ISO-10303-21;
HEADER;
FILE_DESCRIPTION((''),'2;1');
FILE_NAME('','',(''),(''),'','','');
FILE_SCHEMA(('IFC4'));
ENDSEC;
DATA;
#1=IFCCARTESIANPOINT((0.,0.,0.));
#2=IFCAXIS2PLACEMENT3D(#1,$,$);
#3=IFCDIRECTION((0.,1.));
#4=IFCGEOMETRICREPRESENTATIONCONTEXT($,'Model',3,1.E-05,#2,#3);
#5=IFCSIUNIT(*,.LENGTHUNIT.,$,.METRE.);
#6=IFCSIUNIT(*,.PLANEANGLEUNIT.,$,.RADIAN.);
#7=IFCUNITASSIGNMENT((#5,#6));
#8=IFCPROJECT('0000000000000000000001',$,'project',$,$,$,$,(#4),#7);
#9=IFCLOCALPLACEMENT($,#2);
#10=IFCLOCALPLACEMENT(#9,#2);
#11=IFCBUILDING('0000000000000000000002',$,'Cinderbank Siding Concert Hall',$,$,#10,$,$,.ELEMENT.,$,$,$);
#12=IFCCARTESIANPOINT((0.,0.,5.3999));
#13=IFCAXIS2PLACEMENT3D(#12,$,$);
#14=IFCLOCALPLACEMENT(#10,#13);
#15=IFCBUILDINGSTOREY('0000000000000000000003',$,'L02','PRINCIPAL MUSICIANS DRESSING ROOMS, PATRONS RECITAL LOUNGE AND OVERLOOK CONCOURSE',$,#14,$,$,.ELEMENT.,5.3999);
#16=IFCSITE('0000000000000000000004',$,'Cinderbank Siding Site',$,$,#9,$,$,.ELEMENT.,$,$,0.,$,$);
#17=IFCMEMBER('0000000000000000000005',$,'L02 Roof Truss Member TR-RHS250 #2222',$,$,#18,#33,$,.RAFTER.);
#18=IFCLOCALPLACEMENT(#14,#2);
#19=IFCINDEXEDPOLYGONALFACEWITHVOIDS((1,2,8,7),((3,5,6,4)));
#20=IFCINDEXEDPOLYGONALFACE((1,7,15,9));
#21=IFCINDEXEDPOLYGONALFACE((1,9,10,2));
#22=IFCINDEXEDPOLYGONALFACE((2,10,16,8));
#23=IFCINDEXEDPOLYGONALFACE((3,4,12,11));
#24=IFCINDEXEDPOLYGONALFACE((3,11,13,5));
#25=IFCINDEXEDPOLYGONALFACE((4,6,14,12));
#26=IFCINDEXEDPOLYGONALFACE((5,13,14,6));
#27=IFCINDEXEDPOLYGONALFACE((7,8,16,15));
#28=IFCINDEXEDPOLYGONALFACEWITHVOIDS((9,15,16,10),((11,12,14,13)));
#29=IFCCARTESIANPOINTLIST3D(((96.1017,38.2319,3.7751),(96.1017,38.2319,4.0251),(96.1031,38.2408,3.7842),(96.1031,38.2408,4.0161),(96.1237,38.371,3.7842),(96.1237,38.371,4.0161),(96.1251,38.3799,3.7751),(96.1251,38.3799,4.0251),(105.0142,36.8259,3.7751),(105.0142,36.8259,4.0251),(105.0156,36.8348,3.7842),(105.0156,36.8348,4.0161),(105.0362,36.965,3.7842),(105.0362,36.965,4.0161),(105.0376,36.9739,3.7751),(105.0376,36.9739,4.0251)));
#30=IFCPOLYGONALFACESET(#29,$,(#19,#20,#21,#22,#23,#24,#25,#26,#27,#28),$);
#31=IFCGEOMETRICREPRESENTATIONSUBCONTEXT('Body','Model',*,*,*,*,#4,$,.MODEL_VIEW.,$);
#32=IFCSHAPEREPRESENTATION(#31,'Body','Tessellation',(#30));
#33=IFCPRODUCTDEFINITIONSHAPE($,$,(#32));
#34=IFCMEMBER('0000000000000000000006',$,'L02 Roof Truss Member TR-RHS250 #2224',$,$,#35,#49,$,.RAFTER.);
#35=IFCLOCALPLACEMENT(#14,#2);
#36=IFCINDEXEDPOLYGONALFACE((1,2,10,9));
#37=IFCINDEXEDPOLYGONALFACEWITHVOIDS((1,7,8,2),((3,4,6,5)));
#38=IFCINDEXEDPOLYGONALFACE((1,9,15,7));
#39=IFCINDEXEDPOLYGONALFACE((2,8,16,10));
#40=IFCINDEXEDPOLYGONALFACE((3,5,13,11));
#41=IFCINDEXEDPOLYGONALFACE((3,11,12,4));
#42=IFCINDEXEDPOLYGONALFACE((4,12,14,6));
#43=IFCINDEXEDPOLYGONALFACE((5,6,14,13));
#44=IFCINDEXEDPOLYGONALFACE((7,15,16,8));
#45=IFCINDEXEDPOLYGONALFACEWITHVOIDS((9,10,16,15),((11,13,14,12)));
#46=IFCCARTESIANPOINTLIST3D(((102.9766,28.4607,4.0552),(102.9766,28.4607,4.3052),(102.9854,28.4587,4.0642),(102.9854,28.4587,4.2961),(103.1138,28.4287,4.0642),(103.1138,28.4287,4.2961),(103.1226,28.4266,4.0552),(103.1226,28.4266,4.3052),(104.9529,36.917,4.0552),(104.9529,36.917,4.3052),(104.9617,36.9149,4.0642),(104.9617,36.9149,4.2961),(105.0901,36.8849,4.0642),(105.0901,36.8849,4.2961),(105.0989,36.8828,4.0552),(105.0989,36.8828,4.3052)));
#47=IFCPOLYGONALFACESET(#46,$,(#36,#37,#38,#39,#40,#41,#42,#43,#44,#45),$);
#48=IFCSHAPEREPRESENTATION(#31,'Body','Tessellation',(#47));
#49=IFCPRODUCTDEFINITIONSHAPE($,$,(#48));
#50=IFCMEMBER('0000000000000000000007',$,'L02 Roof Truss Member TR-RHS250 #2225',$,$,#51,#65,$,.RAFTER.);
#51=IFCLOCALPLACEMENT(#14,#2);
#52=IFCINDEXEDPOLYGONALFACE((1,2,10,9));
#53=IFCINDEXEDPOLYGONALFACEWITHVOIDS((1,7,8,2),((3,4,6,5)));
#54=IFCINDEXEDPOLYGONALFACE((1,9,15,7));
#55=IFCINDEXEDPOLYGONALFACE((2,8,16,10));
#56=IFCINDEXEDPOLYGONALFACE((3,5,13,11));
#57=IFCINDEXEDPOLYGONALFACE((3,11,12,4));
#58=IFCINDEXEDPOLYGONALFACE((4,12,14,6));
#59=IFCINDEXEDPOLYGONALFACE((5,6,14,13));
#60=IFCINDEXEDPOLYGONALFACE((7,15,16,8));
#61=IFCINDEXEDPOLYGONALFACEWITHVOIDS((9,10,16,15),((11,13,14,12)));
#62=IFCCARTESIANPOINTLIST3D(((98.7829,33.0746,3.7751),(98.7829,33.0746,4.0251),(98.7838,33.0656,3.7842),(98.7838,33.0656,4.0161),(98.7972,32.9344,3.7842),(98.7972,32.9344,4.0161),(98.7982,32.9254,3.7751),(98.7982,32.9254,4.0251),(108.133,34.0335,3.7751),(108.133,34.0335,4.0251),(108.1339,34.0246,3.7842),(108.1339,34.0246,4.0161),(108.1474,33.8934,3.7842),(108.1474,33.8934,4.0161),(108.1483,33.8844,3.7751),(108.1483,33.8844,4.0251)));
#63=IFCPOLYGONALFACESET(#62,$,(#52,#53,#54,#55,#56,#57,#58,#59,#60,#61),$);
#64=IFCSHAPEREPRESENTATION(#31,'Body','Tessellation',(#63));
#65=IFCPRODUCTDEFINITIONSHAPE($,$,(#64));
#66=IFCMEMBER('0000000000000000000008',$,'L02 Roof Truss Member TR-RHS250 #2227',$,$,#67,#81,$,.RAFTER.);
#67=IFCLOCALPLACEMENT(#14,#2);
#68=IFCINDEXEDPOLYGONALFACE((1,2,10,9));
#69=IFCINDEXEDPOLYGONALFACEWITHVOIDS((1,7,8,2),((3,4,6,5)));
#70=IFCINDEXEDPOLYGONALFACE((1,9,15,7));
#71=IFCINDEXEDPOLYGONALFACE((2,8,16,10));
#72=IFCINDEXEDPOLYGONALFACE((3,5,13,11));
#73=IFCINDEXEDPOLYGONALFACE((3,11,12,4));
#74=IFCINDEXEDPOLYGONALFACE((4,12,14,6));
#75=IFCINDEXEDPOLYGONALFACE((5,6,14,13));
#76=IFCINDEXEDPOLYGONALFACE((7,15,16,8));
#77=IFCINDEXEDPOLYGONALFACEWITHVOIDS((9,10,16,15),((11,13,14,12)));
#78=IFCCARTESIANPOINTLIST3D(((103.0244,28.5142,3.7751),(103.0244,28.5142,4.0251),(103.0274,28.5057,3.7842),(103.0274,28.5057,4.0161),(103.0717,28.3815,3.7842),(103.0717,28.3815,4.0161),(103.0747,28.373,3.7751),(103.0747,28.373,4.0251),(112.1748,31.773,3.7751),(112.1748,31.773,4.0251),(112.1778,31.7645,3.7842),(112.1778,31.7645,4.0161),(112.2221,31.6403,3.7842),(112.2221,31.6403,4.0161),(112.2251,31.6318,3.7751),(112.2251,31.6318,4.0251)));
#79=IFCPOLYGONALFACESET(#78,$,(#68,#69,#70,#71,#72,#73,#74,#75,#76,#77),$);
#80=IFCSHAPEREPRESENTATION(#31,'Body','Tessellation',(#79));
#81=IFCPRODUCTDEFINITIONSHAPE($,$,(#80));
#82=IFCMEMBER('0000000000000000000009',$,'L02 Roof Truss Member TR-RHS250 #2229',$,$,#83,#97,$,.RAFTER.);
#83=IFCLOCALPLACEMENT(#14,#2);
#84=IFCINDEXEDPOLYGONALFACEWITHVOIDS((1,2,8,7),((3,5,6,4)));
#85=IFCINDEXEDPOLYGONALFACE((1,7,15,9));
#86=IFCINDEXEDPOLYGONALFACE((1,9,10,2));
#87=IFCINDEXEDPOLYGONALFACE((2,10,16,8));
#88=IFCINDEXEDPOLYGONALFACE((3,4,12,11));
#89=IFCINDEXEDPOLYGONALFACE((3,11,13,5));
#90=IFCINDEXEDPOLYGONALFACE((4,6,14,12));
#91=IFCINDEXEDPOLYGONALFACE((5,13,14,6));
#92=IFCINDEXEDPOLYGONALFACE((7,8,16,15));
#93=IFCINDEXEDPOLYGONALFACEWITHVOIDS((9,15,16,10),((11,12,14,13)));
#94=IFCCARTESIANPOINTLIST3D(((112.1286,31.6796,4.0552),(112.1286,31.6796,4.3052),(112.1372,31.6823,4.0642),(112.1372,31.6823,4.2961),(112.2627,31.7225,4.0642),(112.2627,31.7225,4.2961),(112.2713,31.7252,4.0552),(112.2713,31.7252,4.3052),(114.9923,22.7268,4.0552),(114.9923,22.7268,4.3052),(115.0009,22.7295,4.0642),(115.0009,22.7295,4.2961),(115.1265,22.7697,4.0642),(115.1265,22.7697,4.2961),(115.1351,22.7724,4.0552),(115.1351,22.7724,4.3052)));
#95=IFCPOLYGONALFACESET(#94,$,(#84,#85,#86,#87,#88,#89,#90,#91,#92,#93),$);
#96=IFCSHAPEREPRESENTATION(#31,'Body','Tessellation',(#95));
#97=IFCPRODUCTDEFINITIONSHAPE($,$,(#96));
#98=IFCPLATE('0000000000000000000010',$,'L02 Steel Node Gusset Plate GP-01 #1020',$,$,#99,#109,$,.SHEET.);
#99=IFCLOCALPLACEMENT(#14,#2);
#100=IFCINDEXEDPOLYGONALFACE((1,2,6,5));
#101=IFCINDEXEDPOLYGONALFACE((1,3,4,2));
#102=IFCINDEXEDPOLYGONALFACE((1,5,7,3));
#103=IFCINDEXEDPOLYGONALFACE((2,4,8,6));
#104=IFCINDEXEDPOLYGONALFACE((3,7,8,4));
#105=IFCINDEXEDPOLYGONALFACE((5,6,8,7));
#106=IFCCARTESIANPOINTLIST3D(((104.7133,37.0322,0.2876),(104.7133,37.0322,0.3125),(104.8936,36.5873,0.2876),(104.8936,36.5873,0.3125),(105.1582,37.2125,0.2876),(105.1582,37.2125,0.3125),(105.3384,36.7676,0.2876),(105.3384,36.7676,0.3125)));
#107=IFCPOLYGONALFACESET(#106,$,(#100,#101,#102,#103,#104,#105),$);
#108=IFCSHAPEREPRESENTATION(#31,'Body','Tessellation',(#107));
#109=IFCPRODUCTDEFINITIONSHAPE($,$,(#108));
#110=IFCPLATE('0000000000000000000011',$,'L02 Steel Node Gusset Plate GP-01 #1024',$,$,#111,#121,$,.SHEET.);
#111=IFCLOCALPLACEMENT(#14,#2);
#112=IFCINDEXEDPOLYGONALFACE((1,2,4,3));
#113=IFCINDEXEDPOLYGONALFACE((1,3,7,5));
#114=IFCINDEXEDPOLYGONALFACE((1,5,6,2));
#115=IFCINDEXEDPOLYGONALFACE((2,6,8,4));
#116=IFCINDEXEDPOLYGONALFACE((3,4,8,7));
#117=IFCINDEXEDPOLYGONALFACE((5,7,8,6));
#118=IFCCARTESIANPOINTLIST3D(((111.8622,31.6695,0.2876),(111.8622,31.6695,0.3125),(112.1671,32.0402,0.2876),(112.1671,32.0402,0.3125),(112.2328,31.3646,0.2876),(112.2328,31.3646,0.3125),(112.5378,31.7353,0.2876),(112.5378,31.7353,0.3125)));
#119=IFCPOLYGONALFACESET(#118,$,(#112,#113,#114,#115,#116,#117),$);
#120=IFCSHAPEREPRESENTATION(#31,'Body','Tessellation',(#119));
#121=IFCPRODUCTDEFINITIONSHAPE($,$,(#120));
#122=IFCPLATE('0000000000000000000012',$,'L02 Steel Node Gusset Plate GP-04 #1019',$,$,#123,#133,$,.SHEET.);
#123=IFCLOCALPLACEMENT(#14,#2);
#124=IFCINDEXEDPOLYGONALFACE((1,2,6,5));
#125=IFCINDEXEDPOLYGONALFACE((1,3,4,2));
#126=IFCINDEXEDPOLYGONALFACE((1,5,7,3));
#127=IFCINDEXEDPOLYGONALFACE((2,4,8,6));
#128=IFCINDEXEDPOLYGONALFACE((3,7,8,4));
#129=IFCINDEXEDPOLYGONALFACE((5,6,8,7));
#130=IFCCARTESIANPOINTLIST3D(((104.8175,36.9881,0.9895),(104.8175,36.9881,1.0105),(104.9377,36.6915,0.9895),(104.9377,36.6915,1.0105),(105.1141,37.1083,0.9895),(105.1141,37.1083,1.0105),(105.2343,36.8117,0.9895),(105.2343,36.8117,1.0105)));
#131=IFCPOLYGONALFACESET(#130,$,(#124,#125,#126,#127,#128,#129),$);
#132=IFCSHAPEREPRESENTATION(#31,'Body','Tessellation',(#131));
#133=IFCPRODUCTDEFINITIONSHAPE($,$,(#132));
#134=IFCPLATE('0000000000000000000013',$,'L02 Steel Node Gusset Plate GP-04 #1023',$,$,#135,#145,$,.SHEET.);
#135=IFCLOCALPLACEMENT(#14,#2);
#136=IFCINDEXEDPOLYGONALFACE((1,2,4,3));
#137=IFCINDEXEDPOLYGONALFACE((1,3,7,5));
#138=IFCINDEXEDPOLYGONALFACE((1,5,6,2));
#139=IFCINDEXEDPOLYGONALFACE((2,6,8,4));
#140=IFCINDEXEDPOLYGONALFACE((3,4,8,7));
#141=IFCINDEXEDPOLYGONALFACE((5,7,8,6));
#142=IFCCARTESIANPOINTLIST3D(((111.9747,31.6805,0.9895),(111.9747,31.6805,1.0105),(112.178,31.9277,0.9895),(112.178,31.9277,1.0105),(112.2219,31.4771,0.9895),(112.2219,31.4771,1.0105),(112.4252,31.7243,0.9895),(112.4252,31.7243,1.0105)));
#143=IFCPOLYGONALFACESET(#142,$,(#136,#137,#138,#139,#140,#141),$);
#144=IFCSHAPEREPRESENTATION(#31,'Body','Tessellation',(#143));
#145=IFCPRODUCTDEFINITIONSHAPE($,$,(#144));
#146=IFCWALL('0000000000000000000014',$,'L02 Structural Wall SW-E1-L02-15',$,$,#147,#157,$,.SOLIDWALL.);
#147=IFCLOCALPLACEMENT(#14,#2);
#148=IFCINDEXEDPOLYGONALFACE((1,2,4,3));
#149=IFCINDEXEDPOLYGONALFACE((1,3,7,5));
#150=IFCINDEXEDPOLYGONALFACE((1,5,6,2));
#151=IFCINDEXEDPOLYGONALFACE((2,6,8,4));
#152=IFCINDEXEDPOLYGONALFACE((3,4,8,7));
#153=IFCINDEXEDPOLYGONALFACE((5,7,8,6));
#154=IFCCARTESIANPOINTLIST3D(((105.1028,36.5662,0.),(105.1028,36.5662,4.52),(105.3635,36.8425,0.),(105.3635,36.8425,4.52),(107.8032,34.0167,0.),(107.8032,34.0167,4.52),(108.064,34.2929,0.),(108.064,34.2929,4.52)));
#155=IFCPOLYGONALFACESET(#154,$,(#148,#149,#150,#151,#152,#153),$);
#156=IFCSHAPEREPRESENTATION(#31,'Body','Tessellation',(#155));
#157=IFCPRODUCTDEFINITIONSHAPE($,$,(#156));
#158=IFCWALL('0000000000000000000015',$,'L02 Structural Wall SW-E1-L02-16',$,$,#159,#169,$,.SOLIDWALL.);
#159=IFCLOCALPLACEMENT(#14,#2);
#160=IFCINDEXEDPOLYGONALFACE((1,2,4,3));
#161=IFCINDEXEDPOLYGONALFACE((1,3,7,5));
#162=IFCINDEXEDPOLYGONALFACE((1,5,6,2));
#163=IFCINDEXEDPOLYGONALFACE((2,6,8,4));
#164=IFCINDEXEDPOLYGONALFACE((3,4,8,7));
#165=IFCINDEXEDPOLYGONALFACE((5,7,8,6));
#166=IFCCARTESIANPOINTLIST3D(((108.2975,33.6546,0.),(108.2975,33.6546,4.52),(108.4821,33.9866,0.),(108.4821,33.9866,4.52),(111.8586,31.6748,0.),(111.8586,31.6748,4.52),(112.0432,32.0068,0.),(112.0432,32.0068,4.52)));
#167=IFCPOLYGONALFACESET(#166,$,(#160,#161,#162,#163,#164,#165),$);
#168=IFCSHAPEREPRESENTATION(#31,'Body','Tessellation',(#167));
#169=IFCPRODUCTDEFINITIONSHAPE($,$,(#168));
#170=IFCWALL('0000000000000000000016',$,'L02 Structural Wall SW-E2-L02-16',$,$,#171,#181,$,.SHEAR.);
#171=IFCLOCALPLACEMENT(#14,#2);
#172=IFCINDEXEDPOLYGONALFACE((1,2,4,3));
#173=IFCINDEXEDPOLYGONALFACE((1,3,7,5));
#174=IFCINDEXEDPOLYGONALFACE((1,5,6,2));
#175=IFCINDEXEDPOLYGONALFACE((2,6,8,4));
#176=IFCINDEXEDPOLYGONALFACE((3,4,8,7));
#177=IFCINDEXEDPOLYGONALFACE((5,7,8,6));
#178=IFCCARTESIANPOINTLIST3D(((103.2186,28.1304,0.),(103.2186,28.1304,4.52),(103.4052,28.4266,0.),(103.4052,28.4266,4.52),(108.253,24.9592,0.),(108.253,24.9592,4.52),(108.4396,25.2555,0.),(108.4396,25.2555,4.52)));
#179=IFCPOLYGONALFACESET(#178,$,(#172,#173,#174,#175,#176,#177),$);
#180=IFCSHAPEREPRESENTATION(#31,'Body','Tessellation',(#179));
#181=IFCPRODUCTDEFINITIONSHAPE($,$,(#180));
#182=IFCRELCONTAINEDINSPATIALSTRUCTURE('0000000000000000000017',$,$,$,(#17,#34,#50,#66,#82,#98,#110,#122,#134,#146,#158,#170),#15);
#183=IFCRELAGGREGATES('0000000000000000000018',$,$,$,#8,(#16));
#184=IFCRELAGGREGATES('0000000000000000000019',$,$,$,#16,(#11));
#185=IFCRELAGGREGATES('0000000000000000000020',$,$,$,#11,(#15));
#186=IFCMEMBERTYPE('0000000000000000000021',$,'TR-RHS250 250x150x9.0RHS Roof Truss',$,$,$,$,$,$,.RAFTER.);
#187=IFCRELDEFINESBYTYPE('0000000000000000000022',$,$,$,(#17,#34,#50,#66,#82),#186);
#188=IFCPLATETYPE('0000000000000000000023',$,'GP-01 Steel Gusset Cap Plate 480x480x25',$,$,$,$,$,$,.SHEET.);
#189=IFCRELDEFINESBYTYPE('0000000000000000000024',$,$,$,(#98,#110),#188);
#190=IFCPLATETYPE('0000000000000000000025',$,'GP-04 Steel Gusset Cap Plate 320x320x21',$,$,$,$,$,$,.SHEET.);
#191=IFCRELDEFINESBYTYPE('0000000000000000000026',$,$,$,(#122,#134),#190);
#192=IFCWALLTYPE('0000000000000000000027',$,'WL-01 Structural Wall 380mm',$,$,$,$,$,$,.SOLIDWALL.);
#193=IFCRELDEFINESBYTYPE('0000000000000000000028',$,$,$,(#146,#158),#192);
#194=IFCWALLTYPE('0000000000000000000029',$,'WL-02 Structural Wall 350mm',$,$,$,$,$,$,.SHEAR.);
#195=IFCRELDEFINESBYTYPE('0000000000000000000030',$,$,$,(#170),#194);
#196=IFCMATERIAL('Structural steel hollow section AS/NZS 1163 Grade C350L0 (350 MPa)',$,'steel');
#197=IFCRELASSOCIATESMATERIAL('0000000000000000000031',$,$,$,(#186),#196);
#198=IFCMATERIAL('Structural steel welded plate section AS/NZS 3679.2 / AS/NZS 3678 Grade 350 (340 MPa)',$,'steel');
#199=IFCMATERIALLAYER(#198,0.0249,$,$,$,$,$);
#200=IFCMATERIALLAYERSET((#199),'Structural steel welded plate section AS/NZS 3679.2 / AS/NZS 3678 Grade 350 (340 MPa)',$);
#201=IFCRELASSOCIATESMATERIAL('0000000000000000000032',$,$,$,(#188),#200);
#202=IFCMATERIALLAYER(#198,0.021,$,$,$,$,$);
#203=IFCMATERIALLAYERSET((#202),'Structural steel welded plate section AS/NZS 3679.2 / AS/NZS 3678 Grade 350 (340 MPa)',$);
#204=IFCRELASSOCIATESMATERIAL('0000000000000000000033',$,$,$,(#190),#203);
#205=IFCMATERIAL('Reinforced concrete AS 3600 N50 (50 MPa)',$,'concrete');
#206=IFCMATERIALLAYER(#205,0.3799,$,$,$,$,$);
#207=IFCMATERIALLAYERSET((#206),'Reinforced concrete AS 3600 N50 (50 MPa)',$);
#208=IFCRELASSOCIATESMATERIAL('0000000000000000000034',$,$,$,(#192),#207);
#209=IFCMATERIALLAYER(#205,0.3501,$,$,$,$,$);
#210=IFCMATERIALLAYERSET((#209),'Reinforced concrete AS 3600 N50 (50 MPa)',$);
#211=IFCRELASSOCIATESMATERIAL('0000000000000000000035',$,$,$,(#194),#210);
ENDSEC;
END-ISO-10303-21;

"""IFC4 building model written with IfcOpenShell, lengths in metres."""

from ifc_helpers import new_model, si_unit, direction, frame, frame_2d, origin, origin_2d, place, context, subcontext, project, spatial, rectangle, hollow_rectangle, extrude, material, layer, layer_set, material_profile, profile_set, type_object, element, save


model = new_model("IFC4")

# Units and contexts
model_context = context("Model", 3, precision=1e-05, world=origin(), true_north=direction((0.0, 1.0)))
body_context = subcontext(model_context, "Body", "Model", "MODEL_VIEW")
ifc_project = project(units=[si_unit("LENGTHUNIT", "METRE"), si_unit("PLANEANGLEUNIT", "RADIAN")], contexts=[model_context])

# Site, building, storey
site_placement = place(None, origin())
site = spatial("IfcSite", under=ifc_project, at=site_placement, Name="Cinderbank Siding Site", CompositionType="ELEMENT", RefElevation=0.0)
building_placement = place(site_placement, origin())
building = spatial("IfcBuilding", under=site, at=building_placement, Name="Cinderbank Siding Concert Hall", CompositionType="ELEMENT")
storey_placement = place(building_placement, frame((0.0, 0.0, 5.3999)))
storey = spatial("IfcBuildingStorey", under=building, at=storey_placement, Name="L02", Description="PRINCIPAL MUSICIANS DRESSING ROOMS, PATRONS RECITAL LOUNGE AND OVERLOOK CONCOURSE", CompositionType="ELEMENT", Elevation=5.3999)

# Shared definitions
ifc_material_1 = material(Name="Reinforced concrete AS 3600 N50 (50 MPa)", Category="concrete")

# Members
ifc_material_2 = material(Name="Structural steel hollow section AS/NZS 1163 Grade C350L0 (350 MPa)", Category="steel")
ifc_material_profile_1 = material_profile(ifc_material_2, hollow_rectangle(XDim=0.1499, YDim=0.25, WallThickness=0.009, at=origin_2d()), Name="250x150x9.0RHS", Category="LoadBearing")
ifc_profile_set_1 = profile_set([ifc_material_profile_1], Name="Structural steel hollow section AS/NZS 1163 Grade C350L0 (350 MPa)")
member_type_1 = type_object("IfcMemberType", Name="TR-RHS250 250x150x9.0RHS Roof Truss", PredefinedType="RAFTER", material=ifc_profile_set_1)
member_1_placement = place(storey_placement, frame((105.0259, 36.8999, 3.9001), z_axis=(-0.987784, 0.155828, 0.0), x_axis=(-0.155828, -0.987784, 0.0)))
element("IfcMember", 1, at=member_1_placement, inside=storey, type_object=member_type_1, Name="L02 Roof Truss Member TR-RHS250 #2222", PredefinedType="RAFTER", context=body_context, shape_type="SweptSolid", body=[
    extrude(hollow_rectangle(XDim=0.1499, YDim=0.25, WallThickness=0.009, at=origin_2d()), origin(), (0.0, 0.0, 1.0), 9.0227),
])
member_2_placement = place(storey_placement, frame((105.0259, 36.8999, 4.1802), z_axis=(-0.227577, -0.97376, 0.0), x_axis=(0.97376, -0.227577, 0.0)))
element("IfcMember", 2, at=member_2_placement, inside=storey, type_object=member_type_1, Name="L02 Roof Truss Member TR-RHS250 #2224", PredefinedType="RAFTER", context=body_context, shape_type="SweptSolid", body=[
    extrude(hollow_rectangle(XDim=0.1499, YDim=0.25, WallThickness=0.009, at=origin_2d()), origin(), (0.0, 0.0, 1.0), 8.6841),
])
member_3_placement = place(storey_placement, frame((108.1406, 33.959, 3.9001), z_axis=(-0.994781, -0.102029, 0.0), x_axis=(0.102029, -0.994781, 0.0)))
element("IfcMember", 3, at=member_3_placement, inside=storey, type_object=member_type_1, Name="L02 Roof Truss Member TR-RHS250 #2225", PredefinedType="RAFTER", context=body_context, shape_type="SweptSolid", body=[
    extrude(hollow_rectangle(XDim=0.1499, YDim=0.25, WallThickness=0.009, at=origin_2d()), origin(), (0.0, 0.0, 1.0), 9.3992),
])
member_4_placement = place(storey_placement, frame((112.2, 31.7024, 3.9001), z_axis=(-0.942042, -0.335496, 0.0), x_axis=(0.335496, -0.942042, 0.0)))
element("IfcMember", 4, at=member_4_placement, inside=storey, type_object=member_type_1, Name="L02 Roof Truss Member TR-RHS250 #2227", PredefinedType="RAFTER", context=body_context, shape_type="SweptSolid", body=[
    extrude(hollow_rectangle(XDim=0.1499, YDim=0.25, WallThickness=0.009, at=origin_2d()), origin(), (0.0, 0.0, 1.0), 9.7134),
])
member_5_placement = place(storey_placement, frame((112.2, 31.7024, 4.1802), z_axis=(0.304665, -0.95246, 0.0), x_axis=(0.95246, 0.304665, 0.0)))
element("IfcMember", 5, at=member_5_placement, inside=storey, type_object=member_type_1, Name="L02 Roof Truss Member TR-RHS250 #2229", PredefinedType="RAFTER", context=body_context, shape_type="SweptSolid", body=[
    extrude(hollow_rectangle(XDim=0.1499, YDim=0.25, WallThickness=0.009, at=origin_2d()), origin(), (0.0, 0.0, 1.0), 9.3997),
])

# Plates
ifc_material_3 = material(Name="Structural steel welded plate section AS/NZS 3679.2 / AS/NZS 3678 Grade 350 (340 MPa)", Category="steel")
ifc_layer_1 = layer(ifc_material_3, 0.0249)
ifc_layer_set_1 = layer_set([ifc_layer_1], Name="Structural steel welded plate section AS/NZS 3679.2 / AS/NZS 3678 Grade 350 (340 MPa)")
plate_type_1 = type_object("IfcPlateType", Name="GP-01 Steel Gusset Cap Plate 480x480x25", PredefinedType="SHEET", material=ifc_layer_set_1)
for number, where, z_axis, x_axis, name in (
    (6, (105.0259, 36.8999, 0.2876), (0.0, 0.0, 1.0), (0.926791, 0.375577, 0.0), "L02 Steel Node Gusset Plate GP-01 #1020"),
    (7, (112.2, 31.7024, 0.2876), (0.0, 0.0, 1.0), (0.63527, 0.77229, 0.0), "L02 Steel Node Gusset Plate GP-01 #1024"),
):
    element("IfcPlate", number, at=place(storey_placement, frame(where, z_axis=z_axis, x_axis=x_axis)), inside=storey, type_object=plate_type_1, Name=name, PredefinedType="SHEET", context=body_context, shape_type="SweptSolid", body=[
        extrude(rectangle(XDim=0.48, YDim=0.48, at=origin_2d()), origin(), (0.0, 0.0, 1.0), 0.0249),
    ])
ifc_layer_2 = layer(ifc_material_3, 0.021)
ifc_layer_set_2 = layer_set([ifc_layer_2], Name="Structural steel welded plate section AS/NZS 3679.2 / AS/NZS 3678 Grade 350 (340 MPa)")
plate_type_2 = type_object("IfcPlateType", Name="GP-04 Steel Gusset Cap Plate 320x320x21", PredefinedType="SHEET", material=ifc_layer_set_2)
for number, where, z_axis, x_axis, name in (
    (8, (105.0259, 36.8999, 0.9895), (0.0, 0.0, 1.0), (-0.926791, -0.375577, 0.0), "L02 Steel Node Gusset Plate GP-04 #1019"),
    (9, (112.2, 31.7024, 0.9895), (0.0, 0.0, 1.0), (-0.63527, -0.77229, 0.0), "L02 Steel Node Gusset Plate GP-04 #1023"),
):
    element("IfcPlate", number, at=place(storey_placement, frame(where, z_axis=z_axis, x_axis=x_axis)), inside=storey, type_object=plate_type_2, Name=name, PredefinedType="SHEET", context=body_context, shape_type="SweptSolid", body=[
        extrude(rectangle(XDim=0.3201, YDim=0.3201, at=origin_2d()), origin(), (0.0, 0.0, 1.0), 0.021),
    ])

# Walls
ifc_layer_3 = layer(ifc_material_1, 0.3799)
ifc_layer_set_3 = layer_set([ifc_layer_3], Name="Reinforced concrete AS 3600 N50 (50 MPa)")
wall_type_1 = type_object("IfcWallType", Name="WL-01 Structural Wall 380mm", PredefinedType="SOLIDWALL", material=ifc_layer_set_3)
wall_1_placement = place(storey_placement, frame((105.2332, 36.7043, 0.0), z_axis=(0.0, 0.0, 1.0), x_axis=(0.727128, -0.686502, 0.0)))
element("IfcWall", 10, at=wall_1_placement, inside=storey, type_object=wall_type_1, Name="L02 Structural Wall SW-E1-L02-15", PredefinedType="SOLIDWALL", context=body_context, shape_type="SweptSolid", body=[
    extrude(rectangle(XDim=3.7139, YDim=0.3799, at=frame_2d((1.8569, 0.0))), origin(), (0.0, 0.0, 1.0), 4.52),
])
wall_2_placement = place(storey_placement, frame((108.3899, 33.8206, 0.0), z_axis=(0.0, 0.0, 1.0), x_axis=(0.874013, -0.485902, 0.0)))
element("IfcWall", 11, at=wall_2_placement, inside=storey, type_object=wall_type_1, Name="L02 Structural Wall SW-E1-L02-16", PredefinedType="SOLIDWALL", context=body_context, shape_type="SweptSolid", body=[
    extrude(rectangle(XDim=4.0745, YDim=0.3799, at=frame_2d((2.0371, 0.0))), origin(), (0.0, 0.0, 1.0), 4.52),
])
ifc_layer_4 = layer(ifc_material_1, 0.3501)
ifc_layer_set_4 = layer_set([ifc_layer_4], Name="Reinforced concrete AS 3600 N50 (50 MPa)")
wall_type_2 = type_object("IfcWallType", Name="WL-02 Structural Wall 350mm", PredefinedType="SHEAR", material=ifc_layer_set_4)
wall_3_placement = place(storey_placement, frame((103.3118, 28.2786, 0.0), z_axis=(0.0, 0.0, 1.0), x_axis=(0.846133, -0.532972, 0.0)))
element("IfcWall", 12, at=wall_3_placement, inside=storey, type_object=wall_type_2, Name="L02 Structural Wall SW-E2-L02-16", PredefinedType="SHEAR", context=body_context, shape_type="SweptSolid", body=[
    extrude(rectangle(XDim=5.95, YDim=0.3501, at=frame_2d((2.9751, 0.0))), origin(), (0.0, 0.0, 1.0), 4.52),
])

save(model, "model.ifc")
